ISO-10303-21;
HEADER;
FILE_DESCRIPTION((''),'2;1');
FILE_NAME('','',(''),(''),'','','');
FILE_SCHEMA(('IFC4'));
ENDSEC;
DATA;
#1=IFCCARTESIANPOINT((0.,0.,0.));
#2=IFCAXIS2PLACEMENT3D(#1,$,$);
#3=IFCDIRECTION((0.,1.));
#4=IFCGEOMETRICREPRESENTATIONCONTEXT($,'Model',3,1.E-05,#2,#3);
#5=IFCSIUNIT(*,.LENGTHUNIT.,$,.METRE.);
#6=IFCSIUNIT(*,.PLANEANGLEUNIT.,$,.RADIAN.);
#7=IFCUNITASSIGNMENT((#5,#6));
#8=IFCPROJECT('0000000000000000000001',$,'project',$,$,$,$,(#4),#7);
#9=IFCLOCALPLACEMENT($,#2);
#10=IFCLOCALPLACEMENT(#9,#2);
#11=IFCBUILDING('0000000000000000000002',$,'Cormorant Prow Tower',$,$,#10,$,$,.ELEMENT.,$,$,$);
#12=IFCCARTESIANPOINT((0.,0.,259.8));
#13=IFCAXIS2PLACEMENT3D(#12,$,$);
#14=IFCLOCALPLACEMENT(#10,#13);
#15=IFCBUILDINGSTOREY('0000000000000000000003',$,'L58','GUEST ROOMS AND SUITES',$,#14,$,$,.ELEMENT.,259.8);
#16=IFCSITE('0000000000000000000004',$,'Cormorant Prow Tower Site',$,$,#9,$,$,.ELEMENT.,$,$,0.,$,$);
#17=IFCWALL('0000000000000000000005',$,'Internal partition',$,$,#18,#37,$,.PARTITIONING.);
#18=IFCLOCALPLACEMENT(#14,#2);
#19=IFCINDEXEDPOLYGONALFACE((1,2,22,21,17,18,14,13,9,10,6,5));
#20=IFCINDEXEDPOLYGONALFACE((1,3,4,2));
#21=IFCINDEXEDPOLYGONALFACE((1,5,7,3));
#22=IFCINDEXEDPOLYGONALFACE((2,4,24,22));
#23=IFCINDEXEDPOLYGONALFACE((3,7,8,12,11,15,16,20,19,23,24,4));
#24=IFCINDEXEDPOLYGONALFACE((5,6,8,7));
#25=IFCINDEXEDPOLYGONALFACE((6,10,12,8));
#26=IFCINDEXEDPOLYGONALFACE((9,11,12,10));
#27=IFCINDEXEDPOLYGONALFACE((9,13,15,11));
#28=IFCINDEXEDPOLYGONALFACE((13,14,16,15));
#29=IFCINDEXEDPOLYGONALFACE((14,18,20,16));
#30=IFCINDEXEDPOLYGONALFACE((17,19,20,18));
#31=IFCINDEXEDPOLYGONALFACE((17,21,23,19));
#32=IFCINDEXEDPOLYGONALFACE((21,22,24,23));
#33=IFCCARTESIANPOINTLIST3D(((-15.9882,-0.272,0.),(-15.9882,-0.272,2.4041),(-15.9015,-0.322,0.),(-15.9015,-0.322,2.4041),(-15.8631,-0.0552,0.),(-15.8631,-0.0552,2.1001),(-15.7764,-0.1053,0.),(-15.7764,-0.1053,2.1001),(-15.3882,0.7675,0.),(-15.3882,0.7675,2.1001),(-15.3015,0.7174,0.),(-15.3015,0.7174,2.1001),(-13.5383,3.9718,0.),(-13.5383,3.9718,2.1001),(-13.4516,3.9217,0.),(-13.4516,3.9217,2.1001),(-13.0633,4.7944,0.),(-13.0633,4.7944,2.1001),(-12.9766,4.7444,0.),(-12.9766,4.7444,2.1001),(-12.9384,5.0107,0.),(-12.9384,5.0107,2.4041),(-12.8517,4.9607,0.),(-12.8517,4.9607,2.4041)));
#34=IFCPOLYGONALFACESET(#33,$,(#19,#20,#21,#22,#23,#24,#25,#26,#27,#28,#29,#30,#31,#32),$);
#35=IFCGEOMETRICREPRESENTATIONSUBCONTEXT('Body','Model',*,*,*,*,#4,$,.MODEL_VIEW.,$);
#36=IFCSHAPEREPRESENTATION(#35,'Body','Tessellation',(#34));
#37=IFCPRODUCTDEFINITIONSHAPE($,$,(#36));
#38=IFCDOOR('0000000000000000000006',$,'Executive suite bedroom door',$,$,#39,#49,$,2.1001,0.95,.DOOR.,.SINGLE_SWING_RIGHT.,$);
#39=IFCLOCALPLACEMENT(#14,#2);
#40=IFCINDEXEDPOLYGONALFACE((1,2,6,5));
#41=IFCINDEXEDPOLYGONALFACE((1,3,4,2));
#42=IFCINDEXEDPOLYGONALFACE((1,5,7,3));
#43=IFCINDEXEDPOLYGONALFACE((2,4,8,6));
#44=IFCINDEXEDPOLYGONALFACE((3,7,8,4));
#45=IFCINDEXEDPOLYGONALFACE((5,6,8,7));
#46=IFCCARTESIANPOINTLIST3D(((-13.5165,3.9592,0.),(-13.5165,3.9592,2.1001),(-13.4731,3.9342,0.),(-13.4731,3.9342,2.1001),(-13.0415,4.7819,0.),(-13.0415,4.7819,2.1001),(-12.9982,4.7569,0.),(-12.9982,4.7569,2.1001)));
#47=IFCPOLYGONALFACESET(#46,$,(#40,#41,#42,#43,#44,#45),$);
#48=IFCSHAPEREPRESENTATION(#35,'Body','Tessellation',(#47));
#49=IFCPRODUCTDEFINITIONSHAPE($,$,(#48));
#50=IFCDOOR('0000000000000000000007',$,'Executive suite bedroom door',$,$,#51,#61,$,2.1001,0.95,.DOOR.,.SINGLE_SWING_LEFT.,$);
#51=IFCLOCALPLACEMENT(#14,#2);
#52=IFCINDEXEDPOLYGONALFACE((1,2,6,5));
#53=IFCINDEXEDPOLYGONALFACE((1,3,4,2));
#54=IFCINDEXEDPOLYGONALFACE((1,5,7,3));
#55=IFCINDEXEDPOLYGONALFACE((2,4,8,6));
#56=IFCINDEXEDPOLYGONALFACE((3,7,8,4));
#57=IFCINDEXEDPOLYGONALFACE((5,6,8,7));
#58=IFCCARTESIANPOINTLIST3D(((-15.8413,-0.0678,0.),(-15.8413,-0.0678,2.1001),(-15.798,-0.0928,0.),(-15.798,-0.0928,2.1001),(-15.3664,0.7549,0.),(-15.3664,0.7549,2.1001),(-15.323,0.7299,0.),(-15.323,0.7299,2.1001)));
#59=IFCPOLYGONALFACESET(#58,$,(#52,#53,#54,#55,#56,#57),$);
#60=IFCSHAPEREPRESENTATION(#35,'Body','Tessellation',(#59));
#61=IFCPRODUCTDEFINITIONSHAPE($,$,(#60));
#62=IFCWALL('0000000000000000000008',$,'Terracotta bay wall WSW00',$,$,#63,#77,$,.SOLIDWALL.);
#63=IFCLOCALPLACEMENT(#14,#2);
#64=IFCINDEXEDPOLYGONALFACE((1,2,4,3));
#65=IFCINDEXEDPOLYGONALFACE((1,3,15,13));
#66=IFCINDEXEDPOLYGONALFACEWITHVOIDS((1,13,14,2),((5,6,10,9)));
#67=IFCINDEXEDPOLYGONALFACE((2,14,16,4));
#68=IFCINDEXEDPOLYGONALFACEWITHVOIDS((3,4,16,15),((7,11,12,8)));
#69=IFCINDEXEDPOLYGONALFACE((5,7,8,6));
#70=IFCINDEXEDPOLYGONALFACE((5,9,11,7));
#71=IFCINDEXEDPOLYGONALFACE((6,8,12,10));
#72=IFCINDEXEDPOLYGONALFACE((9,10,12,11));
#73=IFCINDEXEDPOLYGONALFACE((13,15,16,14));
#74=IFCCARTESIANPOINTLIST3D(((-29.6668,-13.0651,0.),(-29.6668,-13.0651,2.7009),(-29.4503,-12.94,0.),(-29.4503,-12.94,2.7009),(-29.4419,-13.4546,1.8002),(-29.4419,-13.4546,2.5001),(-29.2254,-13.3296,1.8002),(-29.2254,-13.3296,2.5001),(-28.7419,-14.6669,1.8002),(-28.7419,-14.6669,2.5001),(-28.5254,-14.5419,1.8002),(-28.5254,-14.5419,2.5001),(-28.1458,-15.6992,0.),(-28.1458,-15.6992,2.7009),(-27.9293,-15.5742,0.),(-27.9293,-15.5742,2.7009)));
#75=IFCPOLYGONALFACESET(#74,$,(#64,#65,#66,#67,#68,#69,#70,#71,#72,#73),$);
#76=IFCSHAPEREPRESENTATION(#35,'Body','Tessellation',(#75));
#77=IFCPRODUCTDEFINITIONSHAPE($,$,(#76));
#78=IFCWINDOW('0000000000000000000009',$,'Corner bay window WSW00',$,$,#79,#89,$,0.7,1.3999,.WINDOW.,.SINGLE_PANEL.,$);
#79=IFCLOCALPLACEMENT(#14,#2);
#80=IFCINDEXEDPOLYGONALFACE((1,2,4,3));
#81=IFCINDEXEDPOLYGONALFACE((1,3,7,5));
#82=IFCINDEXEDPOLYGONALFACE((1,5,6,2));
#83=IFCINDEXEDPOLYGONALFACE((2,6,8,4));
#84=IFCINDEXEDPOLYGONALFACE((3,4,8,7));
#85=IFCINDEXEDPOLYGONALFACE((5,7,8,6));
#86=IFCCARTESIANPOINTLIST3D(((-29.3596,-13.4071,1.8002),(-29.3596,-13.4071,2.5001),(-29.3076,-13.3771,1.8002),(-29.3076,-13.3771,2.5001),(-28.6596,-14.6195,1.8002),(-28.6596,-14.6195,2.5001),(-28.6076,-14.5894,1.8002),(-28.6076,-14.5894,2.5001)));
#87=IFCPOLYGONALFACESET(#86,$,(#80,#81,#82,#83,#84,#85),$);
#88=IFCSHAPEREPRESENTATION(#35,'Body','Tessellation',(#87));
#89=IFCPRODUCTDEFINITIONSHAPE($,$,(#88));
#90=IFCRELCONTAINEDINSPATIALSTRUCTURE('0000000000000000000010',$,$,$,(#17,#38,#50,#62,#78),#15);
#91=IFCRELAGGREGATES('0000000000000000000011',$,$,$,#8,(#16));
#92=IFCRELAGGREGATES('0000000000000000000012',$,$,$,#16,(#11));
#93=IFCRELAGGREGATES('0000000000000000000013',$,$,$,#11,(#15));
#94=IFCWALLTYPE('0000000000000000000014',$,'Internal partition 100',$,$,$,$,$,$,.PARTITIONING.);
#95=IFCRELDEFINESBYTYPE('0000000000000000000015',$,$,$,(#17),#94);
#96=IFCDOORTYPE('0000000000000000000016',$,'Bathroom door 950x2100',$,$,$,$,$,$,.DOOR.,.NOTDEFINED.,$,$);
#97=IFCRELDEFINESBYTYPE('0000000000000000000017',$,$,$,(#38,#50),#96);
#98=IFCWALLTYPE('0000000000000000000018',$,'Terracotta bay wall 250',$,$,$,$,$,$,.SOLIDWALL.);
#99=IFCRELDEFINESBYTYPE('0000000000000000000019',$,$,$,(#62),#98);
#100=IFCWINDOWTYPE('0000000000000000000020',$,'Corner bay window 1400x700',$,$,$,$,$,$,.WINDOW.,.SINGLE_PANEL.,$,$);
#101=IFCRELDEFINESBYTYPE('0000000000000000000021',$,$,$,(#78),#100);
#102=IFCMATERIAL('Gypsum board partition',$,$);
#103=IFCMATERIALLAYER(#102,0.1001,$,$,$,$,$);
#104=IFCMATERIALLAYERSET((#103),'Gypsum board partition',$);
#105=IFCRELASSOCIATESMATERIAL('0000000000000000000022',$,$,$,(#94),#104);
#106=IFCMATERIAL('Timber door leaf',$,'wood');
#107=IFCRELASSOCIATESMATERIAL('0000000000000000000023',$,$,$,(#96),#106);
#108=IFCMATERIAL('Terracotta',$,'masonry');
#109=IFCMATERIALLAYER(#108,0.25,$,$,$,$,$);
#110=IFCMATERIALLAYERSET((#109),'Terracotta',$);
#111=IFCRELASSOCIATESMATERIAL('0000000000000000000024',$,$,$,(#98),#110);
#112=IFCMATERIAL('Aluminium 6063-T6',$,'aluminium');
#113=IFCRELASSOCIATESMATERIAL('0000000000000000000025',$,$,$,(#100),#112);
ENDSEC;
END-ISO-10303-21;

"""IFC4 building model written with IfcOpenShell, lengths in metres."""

from ifc_helpers import new_model, si_unit, direction, frame, frame_2d, origin, place, context, subcontext, project, spatial, rectangle, extrude, material, layer, layer_set, type_object, element, fill, save


model = new_model("IFC4")

# Units and contexts
model_context = context("Model", 3, precision=1e-05, world=origin(), true_north=direction((0.0, 1.0)))
body_context = subcontext(model_context, "Body", "Model", "MODEL_VIEW")
ifc_project = project(units=[si_unit("LENGTHUNIT", "METRE"), si_unit("PLANEANGLEUNIT", "RADIAN")], contexts=[model_context])

# Site, building, storey
site_placement = place(None, origin())
site = spatial("IfcSite", under=ifc_project, at=site_placement, Name="Cormorant Prow Tower Site", CompositionType="ELEMENT", RefElevation=0.0)
building_placement = place(site_placement, origin())
building = spatial("IfcBuilding", under=site, at=building_placement, Name="Cormorant Prow Tower", CompositionType="ELEMENT")
storey_placement = place(building_placement, frame((0.0, 0.0, 259.8)))
storey = spatial("IfcBuildingStorey", under=building, at=storey_placement, Name="L58", Description="GUEST ROOMS AND SUITES", CompositionType="ELEMENT", Elevation=259.8)

# Wall, openings, doors
ifc_material_1 = material(Name="Gypsum board partition")
ifc_layer_1 = layer(ifc_material_1, 0.1001)
ifc_layer_set_1 = layer_set([ifc_layer_1], Name="Gypsum board partition")
wall_type_1 = type_object("IfcWallType", Name="Internal partition 100", PredefinedType="PARTITIONING", material=ifc_layer_set_1)
wall_1_placement = place(storey_placement, frame((-15.9448, -0.2969, 0.0), z_axis=(0.0, 0.0, 1.0), x_axis=(0.499979, 0.866038, 0.0)))
wall_1 = element("IfcWall", 1, at=wall_1_placement, inside=storey, type_object=wall_type_1, Name="Internal partition", PredefinedType="PARTITIONING", context=body_context, shape_type="SweptSolid", body=[
    extrude(rectangle(XDim=6.0999, YDim=0.1001, at=frame_2d((3.0498, 0.0))), origin(), (0.0, 0.0, 1.0), 2.4041),
])
opening_1_placement = place(wall_1_placement, frame((4.8999, 0.0, 0.0)))
opening_1 = element("IfcOpeningElement", 2, at=opening_1_placement, cuts=wall_1, PredefinedType="OPENING", context=body_context, shape_type="SweptSolid", body=[
    extrude(rectangle(XDim=0.95, YDim=2.1001, at=frame_2d((0.4751, 1.05))), frame((0.0, 0.0601, 0.0), z_axis=(0.0, -1.0, 0.0), x_axis=(1.0, 0.0, 0.0)), (0.0, 0.0, 1.0), 0.1201),
])
opening_2_placement = place(wall_1_placement, frame((0.25, 0.0, 0.0)))
opening_2 = element("IfcOpeningElement", 3, at=opening_2_placement, cuts=wall_1, PredefinedType="OPENING", context=body_context, shape_type="SweptSolid", body=[
    extrude(rectangle(XDim=0.95, YDim=2.1001, at=frame_2d((0.4751, 1.05))), frame((0.0, 0.0601, 0.0), z_axis=(0.0, -1.0, 0.0), x_axis=(1.0, 0.0, 0.0)), (0.0, 0.0, 1.0), 0.1201),
])
ifc_material_2 = material(Name="Timber door leaf", Category="wood")
door_type_1 = type_object("IfcDoorType", Name="Bathroom door 950x2100", OperationType="NOTDEFINED", PredefinedType="DOOR", material=ifc_material_2)
door_1_placement = place(opening_1_placement, origin())
door_1 = element("IfcDoor", 4, at=door_1_placement, inside=storey, type_object=door_type_1, Name="Executive suite bedroom door", OperationType="SINGLE_SWING_RIGHT", OverallHeight=2.1001, OverallWidth=0.95, PredefinedType="DOOR", context=body_context, shape_type="SweptSolid", body=[
    extrude(rectangle(XDim=0.95, YDim=2.1001, at=frame_2d((0.4751, 1.05))), frame((0.0, 0.0249, 0.0), z_axis=(0.0, -1.0, 0.0), x_axis=(1.0, 0.0, 0.0)), (0.0, 0.0, 1.0), 0.05),
])
fill(opening_1, door_1)
door_2_placement = place(opening_2_placement, origin())
door_2 = element("IfcDoor", 5, at=door_2_placement, inside=storey, type_object=door_type_1, Name="Executive suite bedroom door", OperationType="SINGLE_SWING_LEFT", OverallHeight=2.1001, OverallWidth=0.95, PredefinedType="DOOR", context=body_context, shape_type="SweptSolid", body=[
    extrude(rectangle(XDim=0.95, YDim=2.1001, at=frame_2d((0.4751, 1.05))), frame((0.0, 0.0249, 0.0), z_axis=(0.0, -1.0, 0.0), x_axis=(1.0, 0.0, 0.0)), (0.0, 0.0, 1.0), 0.05),
])
fill(opening_2, door_2)

# Wall, opening, window
ifc_material_3 = material(Name="Terracotta", Category="masonry")
ifc_layer_2 = layer(ifc_material_3, 0.25)
ifc_layer_set_2 = layer_set([ifc_layer_2], Name="Terracotta")
wall_type_2 = type_object("IfcWallType", Name="Terracotta bay wall 250", PredefinedType="SOLIDWALL", material=ifc_layer_set_2)
wall_2_placement = place(storey_placement, frame((-29.5586, -13.0024, 0.0), z_axis=(0.0, 0.0, 1.0), x_axis=(0.500024, -0.866012, 0.0)))
wall_2 = element("IfcWall", 6, at=wall_2_placement, inside=storey, type_object=wall_type_2, Name="Terracotta bay wall WSW00", PredefinedType="SOLIDWALL", context=body_context, shape_type="SweptSolid", body=[
    extrude(rectangle(XDim=3.0417, YDim=0.25, at=frame_2d((1.521, 0.0))), origin(), (0.0, 0.0, 1.0), 2.7009),
])
opening_3_placement = place(wall_2_placement, frame((0.45, 0.0, 1.8)))
opening_3 = element("IfcOpeningElement", 7, at=opening_3_placement, cuts=wall_2, PredefinedType="OPENING", context=body_context, shape_type="SweptSolid", body=[
    extrude(rectangle(XDim=1.3999, YDim=0.7, at=frame_2d((0.7, 0.3501))), frame((0.0, 0.135, 0.0), z_axis=(0.0, -1.0, 0.0), x_axis=(1.0, 0.0, 0.0)), (0.0, 0.0, 1.0), 0.27),
])
ifc_material_4 = material(Name="Aluminium 6063-T6", Category="aluminium")
window_type = type_object("IfcWindowType", Name="Corner bay window 1400x700", PartitioningType="SINGLE_PANEL", PredefinedType="WINDOW", material=ifc_material_4)
window_placement = place(opening_3_placement, origin())
window = element("IfcWindow", 8, at=window_placement, inside=storey, type_object=window_type, Name="Corner bay window WSW00", OverallHeight=0.7, OverallWidth=1.3999, PartitioningType="SINGLE_PANEL", PredefinedType="WINDOW", context=body_context, shape_type="SweptSolid", body=[
    extrude(rectangle(XDim=1.3999, YDim=0.7, at=frame_2d((0.7, 0.3501))), frame((0.0, 0.03, 0.0), z_axis=(0.0, -1.0, 0.0), x_axis=(1.0, 0.0, 0.0)), (0.0, 0.0, 1.0), 0.0601),
])
fill(opening_3, window)

save(model, "model.ifc")
